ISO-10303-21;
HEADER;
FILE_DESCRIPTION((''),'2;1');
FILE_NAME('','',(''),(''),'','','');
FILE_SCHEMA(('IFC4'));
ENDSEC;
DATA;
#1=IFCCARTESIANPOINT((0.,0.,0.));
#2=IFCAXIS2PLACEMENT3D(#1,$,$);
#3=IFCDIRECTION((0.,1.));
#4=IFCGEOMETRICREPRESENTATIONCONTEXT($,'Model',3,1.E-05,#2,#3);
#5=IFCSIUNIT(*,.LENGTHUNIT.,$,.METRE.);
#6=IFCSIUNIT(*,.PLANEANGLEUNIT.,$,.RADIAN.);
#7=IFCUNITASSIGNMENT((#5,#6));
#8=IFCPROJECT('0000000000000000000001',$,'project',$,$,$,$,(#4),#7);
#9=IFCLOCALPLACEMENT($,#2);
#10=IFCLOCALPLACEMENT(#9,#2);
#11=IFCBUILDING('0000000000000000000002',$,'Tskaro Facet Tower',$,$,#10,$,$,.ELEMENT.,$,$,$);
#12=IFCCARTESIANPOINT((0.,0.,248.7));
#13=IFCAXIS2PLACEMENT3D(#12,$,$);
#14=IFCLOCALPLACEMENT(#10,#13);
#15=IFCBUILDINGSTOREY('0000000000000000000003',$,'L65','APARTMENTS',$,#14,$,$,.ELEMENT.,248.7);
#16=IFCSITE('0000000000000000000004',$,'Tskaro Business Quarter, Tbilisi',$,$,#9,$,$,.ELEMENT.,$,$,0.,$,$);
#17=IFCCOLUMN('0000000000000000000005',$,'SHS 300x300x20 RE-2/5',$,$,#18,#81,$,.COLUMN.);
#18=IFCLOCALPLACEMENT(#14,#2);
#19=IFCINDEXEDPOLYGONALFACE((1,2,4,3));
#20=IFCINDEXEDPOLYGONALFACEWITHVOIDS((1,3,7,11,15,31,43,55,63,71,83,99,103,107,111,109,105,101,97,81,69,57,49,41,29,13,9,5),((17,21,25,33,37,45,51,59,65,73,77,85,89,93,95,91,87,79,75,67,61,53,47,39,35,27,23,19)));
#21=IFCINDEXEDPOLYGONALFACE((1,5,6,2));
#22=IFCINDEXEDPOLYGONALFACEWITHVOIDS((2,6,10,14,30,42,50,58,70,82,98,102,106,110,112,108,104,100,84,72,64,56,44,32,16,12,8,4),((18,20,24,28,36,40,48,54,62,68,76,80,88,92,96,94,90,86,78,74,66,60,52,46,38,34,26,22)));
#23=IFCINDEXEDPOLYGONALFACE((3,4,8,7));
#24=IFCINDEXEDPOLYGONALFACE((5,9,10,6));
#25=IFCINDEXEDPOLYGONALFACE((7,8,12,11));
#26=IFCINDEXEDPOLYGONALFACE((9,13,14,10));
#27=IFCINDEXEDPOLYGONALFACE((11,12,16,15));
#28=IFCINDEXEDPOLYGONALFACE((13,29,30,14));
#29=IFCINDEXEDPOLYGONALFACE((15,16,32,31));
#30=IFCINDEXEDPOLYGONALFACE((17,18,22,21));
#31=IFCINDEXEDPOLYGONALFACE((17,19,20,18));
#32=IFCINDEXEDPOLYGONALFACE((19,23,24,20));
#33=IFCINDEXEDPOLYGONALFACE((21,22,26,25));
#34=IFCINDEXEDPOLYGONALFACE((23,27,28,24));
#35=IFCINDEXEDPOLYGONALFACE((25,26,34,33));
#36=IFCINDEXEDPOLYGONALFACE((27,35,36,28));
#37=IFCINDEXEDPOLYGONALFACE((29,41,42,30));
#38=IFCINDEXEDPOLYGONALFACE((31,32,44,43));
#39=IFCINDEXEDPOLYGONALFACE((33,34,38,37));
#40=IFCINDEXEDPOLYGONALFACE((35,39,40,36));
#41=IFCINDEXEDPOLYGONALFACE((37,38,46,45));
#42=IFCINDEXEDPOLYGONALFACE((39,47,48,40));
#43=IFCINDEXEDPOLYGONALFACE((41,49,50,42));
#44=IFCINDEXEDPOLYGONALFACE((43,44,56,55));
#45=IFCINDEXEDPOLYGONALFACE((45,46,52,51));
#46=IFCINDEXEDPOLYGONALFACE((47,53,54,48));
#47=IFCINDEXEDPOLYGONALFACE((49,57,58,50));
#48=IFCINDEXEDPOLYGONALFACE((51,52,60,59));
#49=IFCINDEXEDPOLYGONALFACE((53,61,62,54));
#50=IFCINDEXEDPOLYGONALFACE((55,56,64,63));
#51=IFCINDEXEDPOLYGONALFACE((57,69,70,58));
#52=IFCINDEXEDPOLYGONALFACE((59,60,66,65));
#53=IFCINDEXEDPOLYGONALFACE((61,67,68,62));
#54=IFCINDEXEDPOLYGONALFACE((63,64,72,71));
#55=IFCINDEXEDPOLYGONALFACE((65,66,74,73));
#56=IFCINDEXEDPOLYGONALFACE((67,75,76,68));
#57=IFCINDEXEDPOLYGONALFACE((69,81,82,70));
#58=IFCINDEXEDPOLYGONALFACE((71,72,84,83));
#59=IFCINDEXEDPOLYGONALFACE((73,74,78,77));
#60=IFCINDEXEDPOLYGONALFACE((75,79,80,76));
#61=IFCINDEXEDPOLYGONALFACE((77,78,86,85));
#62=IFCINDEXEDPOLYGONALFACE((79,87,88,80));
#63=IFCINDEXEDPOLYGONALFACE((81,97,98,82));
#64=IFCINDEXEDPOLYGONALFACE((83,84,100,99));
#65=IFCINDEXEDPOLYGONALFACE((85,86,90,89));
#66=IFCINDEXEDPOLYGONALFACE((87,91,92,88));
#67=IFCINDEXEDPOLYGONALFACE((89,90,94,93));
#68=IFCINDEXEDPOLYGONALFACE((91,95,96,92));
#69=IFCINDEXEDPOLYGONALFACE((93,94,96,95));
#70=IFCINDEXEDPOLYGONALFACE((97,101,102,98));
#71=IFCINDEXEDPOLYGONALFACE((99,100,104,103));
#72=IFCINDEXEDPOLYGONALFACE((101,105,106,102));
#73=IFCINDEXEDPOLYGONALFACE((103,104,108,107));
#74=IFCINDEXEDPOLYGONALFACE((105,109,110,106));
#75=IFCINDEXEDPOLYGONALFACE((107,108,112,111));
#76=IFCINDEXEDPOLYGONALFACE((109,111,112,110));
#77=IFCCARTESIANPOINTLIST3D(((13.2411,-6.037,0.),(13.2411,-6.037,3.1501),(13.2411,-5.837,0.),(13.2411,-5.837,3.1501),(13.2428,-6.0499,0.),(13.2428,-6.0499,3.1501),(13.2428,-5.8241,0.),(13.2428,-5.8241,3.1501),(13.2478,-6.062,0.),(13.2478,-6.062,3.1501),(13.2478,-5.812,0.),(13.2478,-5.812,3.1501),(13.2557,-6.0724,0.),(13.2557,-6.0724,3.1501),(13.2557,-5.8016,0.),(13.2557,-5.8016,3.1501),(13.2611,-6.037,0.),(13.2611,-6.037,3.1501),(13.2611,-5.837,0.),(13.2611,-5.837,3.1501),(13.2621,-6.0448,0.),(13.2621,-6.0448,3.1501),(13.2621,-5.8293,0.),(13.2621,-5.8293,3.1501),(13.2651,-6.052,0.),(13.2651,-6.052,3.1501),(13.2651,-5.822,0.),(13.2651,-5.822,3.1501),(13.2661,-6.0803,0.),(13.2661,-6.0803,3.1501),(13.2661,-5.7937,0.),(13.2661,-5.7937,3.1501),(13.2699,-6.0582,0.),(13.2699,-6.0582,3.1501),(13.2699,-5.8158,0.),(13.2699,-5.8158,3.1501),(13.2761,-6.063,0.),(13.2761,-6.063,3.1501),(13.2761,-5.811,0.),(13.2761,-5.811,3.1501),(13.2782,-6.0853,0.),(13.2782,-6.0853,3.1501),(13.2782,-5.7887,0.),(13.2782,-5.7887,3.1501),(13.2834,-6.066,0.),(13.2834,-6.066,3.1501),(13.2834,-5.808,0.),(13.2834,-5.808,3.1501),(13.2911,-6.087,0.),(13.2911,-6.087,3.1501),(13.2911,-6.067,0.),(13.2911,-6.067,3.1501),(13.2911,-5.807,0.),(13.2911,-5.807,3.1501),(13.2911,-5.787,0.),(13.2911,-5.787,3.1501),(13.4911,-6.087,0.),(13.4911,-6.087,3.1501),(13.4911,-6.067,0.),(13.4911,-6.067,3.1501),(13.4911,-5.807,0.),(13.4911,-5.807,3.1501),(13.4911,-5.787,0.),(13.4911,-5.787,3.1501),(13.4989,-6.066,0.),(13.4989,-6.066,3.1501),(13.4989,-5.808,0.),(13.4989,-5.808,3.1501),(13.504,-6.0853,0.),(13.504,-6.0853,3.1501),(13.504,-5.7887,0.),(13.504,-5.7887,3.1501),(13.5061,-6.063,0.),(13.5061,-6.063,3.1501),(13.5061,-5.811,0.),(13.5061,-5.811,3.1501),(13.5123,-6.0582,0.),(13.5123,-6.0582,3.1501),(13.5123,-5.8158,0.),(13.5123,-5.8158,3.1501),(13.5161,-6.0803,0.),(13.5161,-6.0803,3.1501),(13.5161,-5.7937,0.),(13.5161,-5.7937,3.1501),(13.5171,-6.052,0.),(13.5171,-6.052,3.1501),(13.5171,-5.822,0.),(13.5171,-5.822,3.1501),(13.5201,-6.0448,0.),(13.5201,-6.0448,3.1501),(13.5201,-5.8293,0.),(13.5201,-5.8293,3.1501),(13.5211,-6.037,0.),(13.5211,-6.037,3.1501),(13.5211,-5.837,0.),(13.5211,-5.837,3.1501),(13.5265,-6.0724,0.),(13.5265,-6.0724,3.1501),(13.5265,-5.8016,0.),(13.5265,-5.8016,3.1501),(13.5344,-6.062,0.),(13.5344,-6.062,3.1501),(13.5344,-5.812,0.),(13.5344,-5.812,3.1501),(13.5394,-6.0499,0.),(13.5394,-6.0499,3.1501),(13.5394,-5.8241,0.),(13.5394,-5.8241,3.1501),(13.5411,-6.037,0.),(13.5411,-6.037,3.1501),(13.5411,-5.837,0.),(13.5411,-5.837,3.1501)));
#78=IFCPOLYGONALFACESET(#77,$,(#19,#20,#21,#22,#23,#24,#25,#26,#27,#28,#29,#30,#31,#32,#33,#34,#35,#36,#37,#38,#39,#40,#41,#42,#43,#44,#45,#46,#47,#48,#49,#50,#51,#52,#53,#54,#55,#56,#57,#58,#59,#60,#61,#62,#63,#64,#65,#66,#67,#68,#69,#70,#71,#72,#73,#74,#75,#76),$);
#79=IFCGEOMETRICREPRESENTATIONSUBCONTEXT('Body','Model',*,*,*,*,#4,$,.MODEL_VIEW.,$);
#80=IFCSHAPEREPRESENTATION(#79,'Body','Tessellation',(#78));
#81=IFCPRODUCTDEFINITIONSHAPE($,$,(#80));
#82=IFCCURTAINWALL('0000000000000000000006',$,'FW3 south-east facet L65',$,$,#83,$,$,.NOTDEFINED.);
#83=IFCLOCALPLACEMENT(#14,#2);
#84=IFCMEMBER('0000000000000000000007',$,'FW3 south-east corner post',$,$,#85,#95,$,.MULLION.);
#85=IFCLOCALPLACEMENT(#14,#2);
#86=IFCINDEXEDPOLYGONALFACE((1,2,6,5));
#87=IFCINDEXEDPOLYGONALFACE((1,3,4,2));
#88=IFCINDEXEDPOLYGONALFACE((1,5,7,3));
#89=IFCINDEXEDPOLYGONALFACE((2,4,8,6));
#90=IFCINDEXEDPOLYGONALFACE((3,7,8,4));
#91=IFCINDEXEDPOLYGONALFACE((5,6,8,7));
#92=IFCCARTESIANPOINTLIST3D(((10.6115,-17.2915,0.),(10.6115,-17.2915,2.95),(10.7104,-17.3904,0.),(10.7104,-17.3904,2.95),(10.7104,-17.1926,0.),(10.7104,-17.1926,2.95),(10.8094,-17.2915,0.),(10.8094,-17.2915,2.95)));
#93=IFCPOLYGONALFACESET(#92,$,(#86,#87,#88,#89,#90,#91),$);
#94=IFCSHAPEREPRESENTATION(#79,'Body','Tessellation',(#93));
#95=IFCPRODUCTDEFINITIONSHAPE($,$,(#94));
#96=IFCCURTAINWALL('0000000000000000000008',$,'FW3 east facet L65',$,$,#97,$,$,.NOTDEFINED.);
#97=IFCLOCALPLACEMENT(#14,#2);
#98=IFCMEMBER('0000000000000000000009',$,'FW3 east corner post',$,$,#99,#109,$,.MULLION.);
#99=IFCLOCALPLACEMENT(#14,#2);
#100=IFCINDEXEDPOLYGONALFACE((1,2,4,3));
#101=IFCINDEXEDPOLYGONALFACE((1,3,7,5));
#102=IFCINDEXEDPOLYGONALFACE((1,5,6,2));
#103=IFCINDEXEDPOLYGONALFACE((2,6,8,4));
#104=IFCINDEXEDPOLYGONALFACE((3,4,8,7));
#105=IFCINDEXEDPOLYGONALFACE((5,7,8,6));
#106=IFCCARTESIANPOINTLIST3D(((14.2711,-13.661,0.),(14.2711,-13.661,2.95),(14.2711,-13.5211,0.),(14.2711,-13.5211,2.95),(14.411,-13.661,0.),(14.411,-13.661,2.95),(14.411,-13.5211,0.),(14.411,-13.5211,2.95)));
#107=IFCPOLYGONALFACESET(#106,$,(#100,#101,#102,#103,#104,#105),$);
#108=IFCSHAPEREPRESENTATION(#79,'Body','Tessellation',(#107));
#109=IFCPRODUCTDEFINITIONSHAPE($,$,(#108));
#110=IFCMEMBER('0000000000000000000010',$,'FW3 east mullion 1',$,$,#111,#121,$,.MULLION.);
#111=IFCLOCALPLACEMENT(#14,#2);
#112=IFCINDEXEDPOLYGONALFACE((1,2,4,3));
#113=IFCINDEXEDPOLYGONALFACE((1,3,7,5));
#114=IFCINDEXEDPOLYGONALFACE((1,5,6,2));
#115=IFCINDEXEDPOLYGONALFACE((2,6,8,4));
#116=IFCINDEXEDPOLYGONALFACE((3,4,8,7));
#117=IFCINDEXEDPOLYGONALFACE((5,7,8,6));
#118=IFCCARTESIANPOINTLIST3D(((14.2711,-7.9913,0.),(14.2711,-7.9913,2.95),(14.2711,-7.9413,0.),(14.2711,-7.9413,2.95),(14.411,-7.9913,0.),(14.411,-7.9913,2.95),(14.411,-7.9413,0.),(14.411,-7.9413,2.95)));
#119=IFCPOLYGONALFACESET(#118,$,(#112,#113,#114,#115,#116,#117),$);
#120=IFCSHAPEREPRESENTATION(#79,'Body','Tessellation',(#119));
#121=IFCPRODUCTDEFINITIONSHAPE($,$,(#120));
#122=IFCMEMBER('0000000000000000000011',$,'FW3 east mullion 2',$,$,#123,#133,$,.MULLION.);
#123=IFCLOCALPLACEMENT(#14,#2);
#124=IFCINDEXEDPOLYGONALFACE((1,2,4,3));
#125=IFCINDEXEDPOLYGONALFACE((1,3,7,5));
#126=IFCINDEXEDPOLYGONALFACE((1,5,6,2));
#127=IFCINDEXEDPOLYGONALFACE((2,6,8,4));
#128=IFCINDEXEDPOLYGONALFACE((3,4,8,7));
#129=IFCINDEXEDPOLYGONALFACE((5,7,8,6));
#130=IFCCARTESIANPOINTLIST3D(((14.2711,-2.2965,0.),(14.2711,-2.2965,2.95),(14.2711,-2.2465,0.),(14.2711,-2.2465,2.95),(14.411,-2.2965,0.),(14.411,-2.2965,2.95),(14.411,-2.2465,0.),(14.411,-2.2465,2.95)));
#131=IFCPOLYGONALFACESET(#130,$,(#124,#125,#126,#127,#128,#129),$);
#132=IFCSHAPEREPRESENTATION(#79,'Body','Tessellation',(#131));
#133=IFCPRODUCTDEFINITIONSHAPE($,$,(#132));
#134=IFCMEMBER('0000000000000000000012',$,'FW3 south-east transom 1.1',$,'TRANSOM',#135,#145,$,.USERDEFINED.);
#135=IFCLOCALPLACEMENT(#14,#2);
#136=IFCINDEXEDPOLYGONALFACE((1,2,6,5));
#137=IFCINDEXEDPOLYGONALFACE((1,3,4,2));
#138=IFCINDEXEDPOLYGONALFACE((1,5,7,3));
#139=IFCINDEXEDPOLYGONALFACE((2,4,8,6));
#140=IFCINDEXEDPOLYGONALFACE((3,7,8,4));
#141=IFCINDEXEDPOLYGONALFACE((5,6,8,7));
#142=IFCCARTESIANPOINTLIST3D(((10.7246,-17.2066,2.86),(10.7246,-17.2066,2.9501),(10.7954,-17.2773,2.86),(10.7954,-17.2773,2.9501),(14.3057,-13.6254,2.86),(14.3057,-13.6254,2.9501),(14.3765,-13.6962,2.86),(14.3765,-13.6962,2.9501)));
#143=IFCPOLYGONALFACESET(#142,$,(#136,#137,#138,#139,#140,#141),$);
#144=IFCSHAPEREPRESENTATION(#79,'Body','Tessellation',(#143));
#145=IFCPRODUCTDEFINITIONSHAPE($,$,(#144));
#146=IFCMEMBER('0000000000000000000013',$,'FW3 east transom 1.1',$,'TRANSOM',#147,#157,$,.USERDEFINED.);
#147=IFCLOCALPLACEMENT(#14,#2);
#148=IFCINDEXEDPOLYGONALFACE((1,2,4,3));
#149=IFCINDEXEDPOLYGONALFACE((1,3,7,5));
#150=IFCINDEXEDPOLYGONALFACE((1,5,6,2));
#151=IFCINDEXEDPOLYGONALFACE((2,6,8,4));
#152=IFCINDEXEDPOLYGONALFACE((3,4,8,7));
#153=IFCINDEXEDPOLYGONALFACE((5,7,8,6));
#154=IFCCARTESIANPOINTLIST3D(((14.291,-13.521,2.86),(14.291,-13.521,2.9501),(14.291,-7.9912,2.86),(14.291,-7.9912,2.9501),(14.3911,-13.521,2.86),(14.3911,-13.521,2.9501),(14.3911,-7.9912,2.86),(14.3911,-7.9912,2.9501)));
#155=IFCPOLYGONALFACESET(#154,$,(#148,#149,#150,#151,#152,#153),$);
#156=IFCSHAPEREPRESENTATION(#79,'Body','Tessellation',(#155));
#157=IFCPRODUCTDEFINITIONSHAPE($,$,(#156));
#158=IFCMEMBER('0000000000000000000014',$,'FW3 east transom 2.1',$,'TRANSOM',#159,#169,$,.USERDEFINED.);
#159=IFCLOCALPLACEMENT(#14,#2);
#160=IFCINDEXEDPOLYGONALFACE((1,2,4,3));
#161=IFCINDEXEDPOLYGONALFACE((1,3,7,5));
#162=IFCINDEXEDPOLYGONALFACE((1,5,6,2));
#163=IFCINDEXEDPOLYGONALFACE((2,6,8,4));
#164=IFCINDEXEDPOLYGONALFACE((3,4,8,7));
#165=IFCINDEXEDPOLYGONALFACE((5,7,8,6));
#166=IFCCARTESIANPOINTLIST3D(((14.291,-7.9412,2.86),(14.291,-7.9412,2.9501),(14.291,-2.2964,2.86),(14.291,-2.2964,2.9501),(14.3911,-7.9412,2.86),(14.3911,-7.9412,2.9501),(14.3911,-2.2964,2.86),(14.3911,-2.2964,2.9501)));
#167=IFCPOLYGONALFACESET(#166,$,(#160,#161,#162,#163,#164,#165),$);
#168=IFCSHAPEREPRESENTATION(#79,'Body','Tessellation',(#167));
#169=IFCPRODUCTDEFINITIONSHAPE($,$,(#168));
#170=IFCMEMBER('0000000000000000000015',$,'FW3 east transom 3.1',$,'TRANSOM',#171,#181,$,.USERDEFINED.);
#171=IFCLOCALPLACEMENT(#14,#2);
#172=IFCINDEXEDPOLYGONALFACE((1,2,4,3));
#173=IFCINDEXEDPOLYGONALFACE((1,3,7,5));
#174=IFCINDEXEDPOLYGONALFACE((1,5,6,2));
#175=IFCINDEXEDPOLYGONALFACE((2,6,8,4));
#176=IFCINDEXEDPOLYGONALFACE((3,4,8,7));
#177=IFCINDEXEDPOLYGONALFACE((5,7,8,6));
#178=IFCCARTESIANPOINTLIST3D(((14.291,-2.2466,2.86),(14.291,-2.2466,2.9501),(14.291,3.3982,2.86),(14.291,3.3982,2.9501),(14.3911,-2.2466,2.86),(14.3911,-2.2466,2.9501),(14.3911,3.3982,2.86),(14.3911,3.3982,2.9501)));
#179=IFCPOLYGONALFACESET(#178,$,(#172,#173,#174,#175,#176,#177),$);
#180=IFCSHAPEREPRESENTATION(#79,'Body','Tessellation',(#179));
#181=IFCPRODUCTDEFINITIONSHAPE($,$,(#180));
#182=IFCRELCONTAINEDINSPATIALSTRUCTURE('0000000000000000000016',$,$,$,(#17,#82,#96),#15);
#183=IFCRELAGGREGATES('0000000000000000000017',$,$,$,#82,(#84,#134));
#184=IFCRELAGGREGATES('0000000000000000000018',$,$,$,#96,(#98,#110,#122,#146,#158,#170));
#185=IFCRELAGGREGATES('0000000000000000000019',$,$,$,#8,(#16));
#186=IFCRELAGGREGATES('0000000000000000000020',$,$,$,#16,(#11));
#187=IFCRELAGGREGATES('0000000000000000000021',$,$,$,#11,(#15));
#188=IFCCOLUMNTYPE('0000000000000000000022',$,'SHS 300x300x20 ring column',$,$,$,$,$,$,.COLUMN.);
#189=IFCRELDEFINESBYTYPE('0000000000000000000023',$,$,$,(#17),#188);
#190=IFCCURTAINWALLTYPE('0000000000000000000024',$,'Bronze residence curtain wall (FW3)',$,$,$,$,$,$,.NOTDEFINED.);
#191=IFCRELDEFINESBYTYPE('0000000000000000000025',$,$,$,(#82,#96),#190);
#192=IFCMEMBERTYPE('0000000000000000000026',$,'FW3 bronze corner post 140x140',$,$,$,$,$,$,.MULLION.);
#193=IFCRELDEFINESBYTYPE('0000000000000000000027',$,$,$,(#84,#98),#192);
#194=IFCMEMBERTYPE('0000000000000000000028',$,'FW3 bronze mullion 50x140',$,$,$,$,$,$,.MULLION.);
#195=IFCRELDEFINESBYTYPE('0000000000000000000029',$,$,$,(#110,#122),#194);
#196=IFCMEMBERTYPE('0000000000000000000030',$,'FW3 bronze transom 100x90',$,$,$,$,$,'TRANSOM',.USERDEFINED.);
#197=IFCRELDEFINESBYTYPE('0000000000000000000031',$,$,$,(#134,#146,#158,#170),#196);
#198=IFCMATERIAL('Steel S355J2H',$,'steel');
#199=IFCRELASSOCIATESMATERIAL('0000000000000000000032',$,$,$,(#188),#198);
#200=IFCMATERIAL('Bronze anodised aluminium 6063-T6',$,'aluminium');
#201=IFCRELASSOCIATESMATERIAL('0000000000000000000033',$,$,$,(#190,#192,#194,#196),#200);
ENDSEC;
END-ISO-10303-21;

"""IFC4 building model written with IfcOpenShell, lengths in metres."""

from ifc_helpers import new_model, si_unit, direction, frame, origin, origin_2d, place, context, subcontext, project, spatial, rectangle, hollow_rectangle, extrude, material, material_profile, profile_set, type_object, element, aggregate, save


model = new_model("IFC4")

# Units and contexts
model_context = context("Model", 3, precision=1e-05, world=origin(), true_north=direction((0.0, 1.0)))
body_context = subcontext(model_context, "Body", "Model", "MODEL_VIEW")
ifc_project = project(units=[si_unit("LENGTHUNIT", "METRE"), si_unit("PLANEANGLEUNIT", "RADIAN")], contexts=[model_context])

# Site, building, storey
site_placement = place(None, origin())
site = spatial("IfcSite", under=ifc_project, at=site_placement, Name="Tskaro Business Quarter, Tbilisi", CompositionType="ELEMENT", RefElevation=0.0)
building_placement = place(site_placement, origin())
building = spatial("IfcBuilding", under=site, at=building_placement, Name="Tskaro Facet Tower", CompositionType="ELEMENT")
storey_placement = place(building_placement, frame((0.0, 0.0, 248.7)))
storey = spatial("IfcBuildingStorey", under=building, at=storey_placement, Name="L65", Description="APARTMENTS", CompositionType="ELEMENT", Elevation=248.7)

# Column
ifc_material_1 = material(Name="Steel S355J2H", Category="steel")
ifc_material_profile_1 = material_profile(ifc_material_1, hollow_rectangle(XDim=0.3, YDim=0.3, WallThickness=0.02, InnerFilletRadius=0.03, OuterFilletRadius=0.05, at=origin_2d()), Name="SHS 300x300x20")
ifc_profile_set_1 = profile_set([ifc_material_profile_1], Name="Steel S355J2H")
column_type_1 = type_object("IfcColumnType", Name="SHS 300x300x20 ring column", PredefinedType="COLUMN", material=ifc_profile_set_1)
for number, where, z_axis, x_axis, name in (
    (1, (13.3911, -5.937, 0.0), (0.0, 0.0, 1.0), (1.0, 0.0, 0.0), "SHS 300x300x20 RE-2/5"),
):
    element("IfcColumn", number, at=place(storey_placement, frame(where, z_axis=z_axis, x_axis=x_axis)), inside=storey, type_object=column_type_1, Name=name, PredefinedType="COLUMN", context=body_context, shape_type="SweptSolid", body=[
        extrude(hollow_rectangle(XDim=0.3, YDim=0.3, WallThickness=0.02, InnerFilletRadius=0.03, OuterFilletRadius=0.05, at=origin_2d()), origin(), (0.0, 0.0, 1.0), 3.1501),
    ])

# Curtain wall, member
ifc_material_2 = material(Name="Bronze anodised aluminium 6063-T6", Category="aluminium")
curtain_wall_type = type_object("IfcCurtainWallType", Name="Bronze residence curtain wall (FW3)", PredefinedType="NOTDEFINED", material=ifc_material_2)
curtain_wall_1_placement = place(storey_placement, origin())
curtain_wall_1 = element("IfcCurtainWall", 2, at=curtain_wall_1_placement, inside=storey, type_object=curtain_wall_type, Name="FW3 south-east facet L65", PredefinedType="NOTDEFINED")
ifc_material_profile_2 = material_profile(ifc_material_2, rectangle(XDim=0.1399, YDim=0.1399, at=origin_2d()), Name="Corner post 140x140")
ifc_profile_set_2 = profile_set([ifc_material_profile_2], Name="Bronze anodised aluminium 6063-T6")
member_type_1 = type_object("IfcMemberType", Name="FW3 bronze corner post 140x140", PredefinedType="MULLION", material=ifc_profile_set_2)
member_1_placement = place(storey_placement, frame((10.7104, -17.2915, 0.0), z_axis=(0.0, 0.0, 1.0), x_axis=(0.707107, 0.707107, 0.0)))
member_1 = element("IfcMember", 3, at=member_1_placement, type_object=member_type_1, Name="FW3 south-east corner post", PredefinedType="MULLION", context=body_context, shape_type="SweptSolid", body=[
    extrude(rectangle(XDim=0.1399, YDim=0.1399, at=origin_2d()), origin(), (0.0, 0.0, 1.0), 2.95),
])

# Curtain wall, members
curtain_wall_2_placement = place(storey_placement, origin())
curtain_wall_2 = element("IfcCurtainWall", 4, at=curtain_wall_2_placement, inside=storey, type_object=curtain_wall_type, Name="FW3 east facet L65", PredefinedType="NOTDEFINED")
member_2_placement = place(storey_placement, frame((14.3411, -13.5911, 0.0), z_axis=(0.0, 0.0, 1.0), x_axis=(0.0, 1.0, 0.0)))
member_2 = element("IfcMember", 5, at=member_2_placement, type_object=member_type_1, Name="FW3 east corner post", PredefinedType="MULLION", context=body_context, shape_type="SweptSolid", body=[
    extrude(rectangle(XDim=0.1399, YDim=0.1399, at=origin_2d()), origin(), (0.0, 0.0, 1.0), 2.95),
])
ifc_material_profile_3 = material_profile(ifc_material_2, rectangle(XDim=0.05, YDim=0.1399, at=origin_2d()), Name="Mullion 50x140")
ifc_profile_set_3 = profile_set([ifc_material_profile_3], Name="Bronze anodised aluminium 6063-T6")
member_type_2 = type_object("IfcMemberType", Name="FW3 bronze mullion 50x140", PredefinedType="MULLION", material=ifc_profile_set_3)
member_3_placement = place(storey_placement, frame((14.3411, -7.9663, 0.0), z_axis=(0.0, 0.0, 1.0), x_axis=(0.0, 1.0, 0.0)))
member_3 = element("IfcMember", 6, at=member_3_placement, type_object=member_type_2, Name="FW3 east mullion 1", PredefinedType="MULLION", context=body_context, shape_type="SweptSolid", body=[
    extrude(rectangle(XDim=0.05, YDim=0.1399, at=origin_2d()), origin(), (0.0, 0.0, 1.0), 2.95),
])
member_4_placement = place(storey_placement, frame((14.3411, -2.2715, 0.0), z_axis=(0.0, 0.0, 1.0), x_axis=(0.0, 1.0, 0.0)))
member_4 = element("IfcMember", 7, at=member_4_placement, type_object=member_type_2, Name="FW3 east mullion 2", PredefinedType="MULLION", context=body_context, shape_type="SweptSolid", body=[
    extrude(rectangle(XDim=0.05, YDim=0.1399, at=origin_2d()), origin(), (0.0, 0.0, 1.0), 2.95),
])

# Members
ifc_material_profile_4 = material_profile(ifc_material_2, rectangle(XDim=0.1001, YDim=0.0901, at=origin_2d()), Name="Transom 100x90")
ifc_profile_set_4 = profile_set([ifc_material_profile_4], Name="Bronze anodised aluminium 6063-T6")
member_type_3 = type_object("IfcMemberType", Name="FW3 bronze transom 100x90", ElementType="TRANSOM", PredefinedType="USERDEFINED", material=ifc_profile_set_4)
member_5_placement = place(storey_placement, frame((10.76, -17.2419, 2.905), z_axis=(0.707107, 0.707107, 0.0), x_axis=(-0.707107, 0.707107, 0.0)))
member_5 = element("IfcMember", 8, at=member_5_placement, type_object=member_type_3, Name="FW3 south-east transom 1.1", ObjectType="TRANSOM", PredefinedType="USERDEFINED", context=body_context, shape_type="SweptSolid", body=[
    extrude(rectangle(XDim=0.1001, YDim=0.0901, at=origin_2d()), origin(), (0.0, 0.0, 1.0), 5.0645),
])
member_6_placement = place(storey_placement, frame((14.3411, -13.521, 2.905), z_axis=(0.0, 1.0, 0.0), x_axis=(-1.0, 0.0, 0.0)))
member_6 = element("IfcMember", 9, at=member_6_placement, type_object=member_type_3, Name="FW3 east transom 1.1", ObjectType="TRANSOM", PredefinedType="USERDEFINED", context=body_context, shape_type="SweptSolid", body=[
    extrude(rectangle(XDim=0.1001, YDim=0.0901, at=origin_2d()), origin(), (0.0, 0.0, 1.0), 5.5298),
])
member_7_placement = place(storey_placement, frame((14.3411, -7.9412, 2.905), z_axis=(0.0, 1.0, 0.0), x_axis=(-1.0, 0.0, 0.0)))
member_7 = element("IfcMember", 10, at=member_7_placement, type_object=member_type_3, Name="FW3 east transom 2.1", ObjectType="TRANSOM", PredefinedType="USERDEFINED", context=body_context, shape_type="SweptSolid", body=[
    extrude(rectangle(XDim=0.1001, YDim=0.0901, at=origin_2d()), origin(), (0.0, 0.0, 1.0), 5.6448),
])
member_8_placement = place(storey_placement, frame((14.3411, -2.2466, 2.905), z_axis=(0.0, 1.0, 0.0), x_axis=(-1.0, 0.0, 0.0)))
member_8 = element("IfcMember", 11, at=member_8_placement, type_object=member_type_3, Name="FW3 east transom 3.1", ObjectType="TRANSOM", PredefinedType="USERDEFINED", context=body_context, shape_type="SweptSolid", body=[
    extrude(rectangle(XDim=0.1001, YDim=0.0901, at=origin_2d()), origin(), (0.0, 0.0, 1.0), 5.6448),
])

aggregate(curtain_wall_1, [member_1, member_5])
aggregate(curtain_wall_2, [member_2, member_3, member_4, member_6, member_7, member_8])

save(model, "model.ifc")
